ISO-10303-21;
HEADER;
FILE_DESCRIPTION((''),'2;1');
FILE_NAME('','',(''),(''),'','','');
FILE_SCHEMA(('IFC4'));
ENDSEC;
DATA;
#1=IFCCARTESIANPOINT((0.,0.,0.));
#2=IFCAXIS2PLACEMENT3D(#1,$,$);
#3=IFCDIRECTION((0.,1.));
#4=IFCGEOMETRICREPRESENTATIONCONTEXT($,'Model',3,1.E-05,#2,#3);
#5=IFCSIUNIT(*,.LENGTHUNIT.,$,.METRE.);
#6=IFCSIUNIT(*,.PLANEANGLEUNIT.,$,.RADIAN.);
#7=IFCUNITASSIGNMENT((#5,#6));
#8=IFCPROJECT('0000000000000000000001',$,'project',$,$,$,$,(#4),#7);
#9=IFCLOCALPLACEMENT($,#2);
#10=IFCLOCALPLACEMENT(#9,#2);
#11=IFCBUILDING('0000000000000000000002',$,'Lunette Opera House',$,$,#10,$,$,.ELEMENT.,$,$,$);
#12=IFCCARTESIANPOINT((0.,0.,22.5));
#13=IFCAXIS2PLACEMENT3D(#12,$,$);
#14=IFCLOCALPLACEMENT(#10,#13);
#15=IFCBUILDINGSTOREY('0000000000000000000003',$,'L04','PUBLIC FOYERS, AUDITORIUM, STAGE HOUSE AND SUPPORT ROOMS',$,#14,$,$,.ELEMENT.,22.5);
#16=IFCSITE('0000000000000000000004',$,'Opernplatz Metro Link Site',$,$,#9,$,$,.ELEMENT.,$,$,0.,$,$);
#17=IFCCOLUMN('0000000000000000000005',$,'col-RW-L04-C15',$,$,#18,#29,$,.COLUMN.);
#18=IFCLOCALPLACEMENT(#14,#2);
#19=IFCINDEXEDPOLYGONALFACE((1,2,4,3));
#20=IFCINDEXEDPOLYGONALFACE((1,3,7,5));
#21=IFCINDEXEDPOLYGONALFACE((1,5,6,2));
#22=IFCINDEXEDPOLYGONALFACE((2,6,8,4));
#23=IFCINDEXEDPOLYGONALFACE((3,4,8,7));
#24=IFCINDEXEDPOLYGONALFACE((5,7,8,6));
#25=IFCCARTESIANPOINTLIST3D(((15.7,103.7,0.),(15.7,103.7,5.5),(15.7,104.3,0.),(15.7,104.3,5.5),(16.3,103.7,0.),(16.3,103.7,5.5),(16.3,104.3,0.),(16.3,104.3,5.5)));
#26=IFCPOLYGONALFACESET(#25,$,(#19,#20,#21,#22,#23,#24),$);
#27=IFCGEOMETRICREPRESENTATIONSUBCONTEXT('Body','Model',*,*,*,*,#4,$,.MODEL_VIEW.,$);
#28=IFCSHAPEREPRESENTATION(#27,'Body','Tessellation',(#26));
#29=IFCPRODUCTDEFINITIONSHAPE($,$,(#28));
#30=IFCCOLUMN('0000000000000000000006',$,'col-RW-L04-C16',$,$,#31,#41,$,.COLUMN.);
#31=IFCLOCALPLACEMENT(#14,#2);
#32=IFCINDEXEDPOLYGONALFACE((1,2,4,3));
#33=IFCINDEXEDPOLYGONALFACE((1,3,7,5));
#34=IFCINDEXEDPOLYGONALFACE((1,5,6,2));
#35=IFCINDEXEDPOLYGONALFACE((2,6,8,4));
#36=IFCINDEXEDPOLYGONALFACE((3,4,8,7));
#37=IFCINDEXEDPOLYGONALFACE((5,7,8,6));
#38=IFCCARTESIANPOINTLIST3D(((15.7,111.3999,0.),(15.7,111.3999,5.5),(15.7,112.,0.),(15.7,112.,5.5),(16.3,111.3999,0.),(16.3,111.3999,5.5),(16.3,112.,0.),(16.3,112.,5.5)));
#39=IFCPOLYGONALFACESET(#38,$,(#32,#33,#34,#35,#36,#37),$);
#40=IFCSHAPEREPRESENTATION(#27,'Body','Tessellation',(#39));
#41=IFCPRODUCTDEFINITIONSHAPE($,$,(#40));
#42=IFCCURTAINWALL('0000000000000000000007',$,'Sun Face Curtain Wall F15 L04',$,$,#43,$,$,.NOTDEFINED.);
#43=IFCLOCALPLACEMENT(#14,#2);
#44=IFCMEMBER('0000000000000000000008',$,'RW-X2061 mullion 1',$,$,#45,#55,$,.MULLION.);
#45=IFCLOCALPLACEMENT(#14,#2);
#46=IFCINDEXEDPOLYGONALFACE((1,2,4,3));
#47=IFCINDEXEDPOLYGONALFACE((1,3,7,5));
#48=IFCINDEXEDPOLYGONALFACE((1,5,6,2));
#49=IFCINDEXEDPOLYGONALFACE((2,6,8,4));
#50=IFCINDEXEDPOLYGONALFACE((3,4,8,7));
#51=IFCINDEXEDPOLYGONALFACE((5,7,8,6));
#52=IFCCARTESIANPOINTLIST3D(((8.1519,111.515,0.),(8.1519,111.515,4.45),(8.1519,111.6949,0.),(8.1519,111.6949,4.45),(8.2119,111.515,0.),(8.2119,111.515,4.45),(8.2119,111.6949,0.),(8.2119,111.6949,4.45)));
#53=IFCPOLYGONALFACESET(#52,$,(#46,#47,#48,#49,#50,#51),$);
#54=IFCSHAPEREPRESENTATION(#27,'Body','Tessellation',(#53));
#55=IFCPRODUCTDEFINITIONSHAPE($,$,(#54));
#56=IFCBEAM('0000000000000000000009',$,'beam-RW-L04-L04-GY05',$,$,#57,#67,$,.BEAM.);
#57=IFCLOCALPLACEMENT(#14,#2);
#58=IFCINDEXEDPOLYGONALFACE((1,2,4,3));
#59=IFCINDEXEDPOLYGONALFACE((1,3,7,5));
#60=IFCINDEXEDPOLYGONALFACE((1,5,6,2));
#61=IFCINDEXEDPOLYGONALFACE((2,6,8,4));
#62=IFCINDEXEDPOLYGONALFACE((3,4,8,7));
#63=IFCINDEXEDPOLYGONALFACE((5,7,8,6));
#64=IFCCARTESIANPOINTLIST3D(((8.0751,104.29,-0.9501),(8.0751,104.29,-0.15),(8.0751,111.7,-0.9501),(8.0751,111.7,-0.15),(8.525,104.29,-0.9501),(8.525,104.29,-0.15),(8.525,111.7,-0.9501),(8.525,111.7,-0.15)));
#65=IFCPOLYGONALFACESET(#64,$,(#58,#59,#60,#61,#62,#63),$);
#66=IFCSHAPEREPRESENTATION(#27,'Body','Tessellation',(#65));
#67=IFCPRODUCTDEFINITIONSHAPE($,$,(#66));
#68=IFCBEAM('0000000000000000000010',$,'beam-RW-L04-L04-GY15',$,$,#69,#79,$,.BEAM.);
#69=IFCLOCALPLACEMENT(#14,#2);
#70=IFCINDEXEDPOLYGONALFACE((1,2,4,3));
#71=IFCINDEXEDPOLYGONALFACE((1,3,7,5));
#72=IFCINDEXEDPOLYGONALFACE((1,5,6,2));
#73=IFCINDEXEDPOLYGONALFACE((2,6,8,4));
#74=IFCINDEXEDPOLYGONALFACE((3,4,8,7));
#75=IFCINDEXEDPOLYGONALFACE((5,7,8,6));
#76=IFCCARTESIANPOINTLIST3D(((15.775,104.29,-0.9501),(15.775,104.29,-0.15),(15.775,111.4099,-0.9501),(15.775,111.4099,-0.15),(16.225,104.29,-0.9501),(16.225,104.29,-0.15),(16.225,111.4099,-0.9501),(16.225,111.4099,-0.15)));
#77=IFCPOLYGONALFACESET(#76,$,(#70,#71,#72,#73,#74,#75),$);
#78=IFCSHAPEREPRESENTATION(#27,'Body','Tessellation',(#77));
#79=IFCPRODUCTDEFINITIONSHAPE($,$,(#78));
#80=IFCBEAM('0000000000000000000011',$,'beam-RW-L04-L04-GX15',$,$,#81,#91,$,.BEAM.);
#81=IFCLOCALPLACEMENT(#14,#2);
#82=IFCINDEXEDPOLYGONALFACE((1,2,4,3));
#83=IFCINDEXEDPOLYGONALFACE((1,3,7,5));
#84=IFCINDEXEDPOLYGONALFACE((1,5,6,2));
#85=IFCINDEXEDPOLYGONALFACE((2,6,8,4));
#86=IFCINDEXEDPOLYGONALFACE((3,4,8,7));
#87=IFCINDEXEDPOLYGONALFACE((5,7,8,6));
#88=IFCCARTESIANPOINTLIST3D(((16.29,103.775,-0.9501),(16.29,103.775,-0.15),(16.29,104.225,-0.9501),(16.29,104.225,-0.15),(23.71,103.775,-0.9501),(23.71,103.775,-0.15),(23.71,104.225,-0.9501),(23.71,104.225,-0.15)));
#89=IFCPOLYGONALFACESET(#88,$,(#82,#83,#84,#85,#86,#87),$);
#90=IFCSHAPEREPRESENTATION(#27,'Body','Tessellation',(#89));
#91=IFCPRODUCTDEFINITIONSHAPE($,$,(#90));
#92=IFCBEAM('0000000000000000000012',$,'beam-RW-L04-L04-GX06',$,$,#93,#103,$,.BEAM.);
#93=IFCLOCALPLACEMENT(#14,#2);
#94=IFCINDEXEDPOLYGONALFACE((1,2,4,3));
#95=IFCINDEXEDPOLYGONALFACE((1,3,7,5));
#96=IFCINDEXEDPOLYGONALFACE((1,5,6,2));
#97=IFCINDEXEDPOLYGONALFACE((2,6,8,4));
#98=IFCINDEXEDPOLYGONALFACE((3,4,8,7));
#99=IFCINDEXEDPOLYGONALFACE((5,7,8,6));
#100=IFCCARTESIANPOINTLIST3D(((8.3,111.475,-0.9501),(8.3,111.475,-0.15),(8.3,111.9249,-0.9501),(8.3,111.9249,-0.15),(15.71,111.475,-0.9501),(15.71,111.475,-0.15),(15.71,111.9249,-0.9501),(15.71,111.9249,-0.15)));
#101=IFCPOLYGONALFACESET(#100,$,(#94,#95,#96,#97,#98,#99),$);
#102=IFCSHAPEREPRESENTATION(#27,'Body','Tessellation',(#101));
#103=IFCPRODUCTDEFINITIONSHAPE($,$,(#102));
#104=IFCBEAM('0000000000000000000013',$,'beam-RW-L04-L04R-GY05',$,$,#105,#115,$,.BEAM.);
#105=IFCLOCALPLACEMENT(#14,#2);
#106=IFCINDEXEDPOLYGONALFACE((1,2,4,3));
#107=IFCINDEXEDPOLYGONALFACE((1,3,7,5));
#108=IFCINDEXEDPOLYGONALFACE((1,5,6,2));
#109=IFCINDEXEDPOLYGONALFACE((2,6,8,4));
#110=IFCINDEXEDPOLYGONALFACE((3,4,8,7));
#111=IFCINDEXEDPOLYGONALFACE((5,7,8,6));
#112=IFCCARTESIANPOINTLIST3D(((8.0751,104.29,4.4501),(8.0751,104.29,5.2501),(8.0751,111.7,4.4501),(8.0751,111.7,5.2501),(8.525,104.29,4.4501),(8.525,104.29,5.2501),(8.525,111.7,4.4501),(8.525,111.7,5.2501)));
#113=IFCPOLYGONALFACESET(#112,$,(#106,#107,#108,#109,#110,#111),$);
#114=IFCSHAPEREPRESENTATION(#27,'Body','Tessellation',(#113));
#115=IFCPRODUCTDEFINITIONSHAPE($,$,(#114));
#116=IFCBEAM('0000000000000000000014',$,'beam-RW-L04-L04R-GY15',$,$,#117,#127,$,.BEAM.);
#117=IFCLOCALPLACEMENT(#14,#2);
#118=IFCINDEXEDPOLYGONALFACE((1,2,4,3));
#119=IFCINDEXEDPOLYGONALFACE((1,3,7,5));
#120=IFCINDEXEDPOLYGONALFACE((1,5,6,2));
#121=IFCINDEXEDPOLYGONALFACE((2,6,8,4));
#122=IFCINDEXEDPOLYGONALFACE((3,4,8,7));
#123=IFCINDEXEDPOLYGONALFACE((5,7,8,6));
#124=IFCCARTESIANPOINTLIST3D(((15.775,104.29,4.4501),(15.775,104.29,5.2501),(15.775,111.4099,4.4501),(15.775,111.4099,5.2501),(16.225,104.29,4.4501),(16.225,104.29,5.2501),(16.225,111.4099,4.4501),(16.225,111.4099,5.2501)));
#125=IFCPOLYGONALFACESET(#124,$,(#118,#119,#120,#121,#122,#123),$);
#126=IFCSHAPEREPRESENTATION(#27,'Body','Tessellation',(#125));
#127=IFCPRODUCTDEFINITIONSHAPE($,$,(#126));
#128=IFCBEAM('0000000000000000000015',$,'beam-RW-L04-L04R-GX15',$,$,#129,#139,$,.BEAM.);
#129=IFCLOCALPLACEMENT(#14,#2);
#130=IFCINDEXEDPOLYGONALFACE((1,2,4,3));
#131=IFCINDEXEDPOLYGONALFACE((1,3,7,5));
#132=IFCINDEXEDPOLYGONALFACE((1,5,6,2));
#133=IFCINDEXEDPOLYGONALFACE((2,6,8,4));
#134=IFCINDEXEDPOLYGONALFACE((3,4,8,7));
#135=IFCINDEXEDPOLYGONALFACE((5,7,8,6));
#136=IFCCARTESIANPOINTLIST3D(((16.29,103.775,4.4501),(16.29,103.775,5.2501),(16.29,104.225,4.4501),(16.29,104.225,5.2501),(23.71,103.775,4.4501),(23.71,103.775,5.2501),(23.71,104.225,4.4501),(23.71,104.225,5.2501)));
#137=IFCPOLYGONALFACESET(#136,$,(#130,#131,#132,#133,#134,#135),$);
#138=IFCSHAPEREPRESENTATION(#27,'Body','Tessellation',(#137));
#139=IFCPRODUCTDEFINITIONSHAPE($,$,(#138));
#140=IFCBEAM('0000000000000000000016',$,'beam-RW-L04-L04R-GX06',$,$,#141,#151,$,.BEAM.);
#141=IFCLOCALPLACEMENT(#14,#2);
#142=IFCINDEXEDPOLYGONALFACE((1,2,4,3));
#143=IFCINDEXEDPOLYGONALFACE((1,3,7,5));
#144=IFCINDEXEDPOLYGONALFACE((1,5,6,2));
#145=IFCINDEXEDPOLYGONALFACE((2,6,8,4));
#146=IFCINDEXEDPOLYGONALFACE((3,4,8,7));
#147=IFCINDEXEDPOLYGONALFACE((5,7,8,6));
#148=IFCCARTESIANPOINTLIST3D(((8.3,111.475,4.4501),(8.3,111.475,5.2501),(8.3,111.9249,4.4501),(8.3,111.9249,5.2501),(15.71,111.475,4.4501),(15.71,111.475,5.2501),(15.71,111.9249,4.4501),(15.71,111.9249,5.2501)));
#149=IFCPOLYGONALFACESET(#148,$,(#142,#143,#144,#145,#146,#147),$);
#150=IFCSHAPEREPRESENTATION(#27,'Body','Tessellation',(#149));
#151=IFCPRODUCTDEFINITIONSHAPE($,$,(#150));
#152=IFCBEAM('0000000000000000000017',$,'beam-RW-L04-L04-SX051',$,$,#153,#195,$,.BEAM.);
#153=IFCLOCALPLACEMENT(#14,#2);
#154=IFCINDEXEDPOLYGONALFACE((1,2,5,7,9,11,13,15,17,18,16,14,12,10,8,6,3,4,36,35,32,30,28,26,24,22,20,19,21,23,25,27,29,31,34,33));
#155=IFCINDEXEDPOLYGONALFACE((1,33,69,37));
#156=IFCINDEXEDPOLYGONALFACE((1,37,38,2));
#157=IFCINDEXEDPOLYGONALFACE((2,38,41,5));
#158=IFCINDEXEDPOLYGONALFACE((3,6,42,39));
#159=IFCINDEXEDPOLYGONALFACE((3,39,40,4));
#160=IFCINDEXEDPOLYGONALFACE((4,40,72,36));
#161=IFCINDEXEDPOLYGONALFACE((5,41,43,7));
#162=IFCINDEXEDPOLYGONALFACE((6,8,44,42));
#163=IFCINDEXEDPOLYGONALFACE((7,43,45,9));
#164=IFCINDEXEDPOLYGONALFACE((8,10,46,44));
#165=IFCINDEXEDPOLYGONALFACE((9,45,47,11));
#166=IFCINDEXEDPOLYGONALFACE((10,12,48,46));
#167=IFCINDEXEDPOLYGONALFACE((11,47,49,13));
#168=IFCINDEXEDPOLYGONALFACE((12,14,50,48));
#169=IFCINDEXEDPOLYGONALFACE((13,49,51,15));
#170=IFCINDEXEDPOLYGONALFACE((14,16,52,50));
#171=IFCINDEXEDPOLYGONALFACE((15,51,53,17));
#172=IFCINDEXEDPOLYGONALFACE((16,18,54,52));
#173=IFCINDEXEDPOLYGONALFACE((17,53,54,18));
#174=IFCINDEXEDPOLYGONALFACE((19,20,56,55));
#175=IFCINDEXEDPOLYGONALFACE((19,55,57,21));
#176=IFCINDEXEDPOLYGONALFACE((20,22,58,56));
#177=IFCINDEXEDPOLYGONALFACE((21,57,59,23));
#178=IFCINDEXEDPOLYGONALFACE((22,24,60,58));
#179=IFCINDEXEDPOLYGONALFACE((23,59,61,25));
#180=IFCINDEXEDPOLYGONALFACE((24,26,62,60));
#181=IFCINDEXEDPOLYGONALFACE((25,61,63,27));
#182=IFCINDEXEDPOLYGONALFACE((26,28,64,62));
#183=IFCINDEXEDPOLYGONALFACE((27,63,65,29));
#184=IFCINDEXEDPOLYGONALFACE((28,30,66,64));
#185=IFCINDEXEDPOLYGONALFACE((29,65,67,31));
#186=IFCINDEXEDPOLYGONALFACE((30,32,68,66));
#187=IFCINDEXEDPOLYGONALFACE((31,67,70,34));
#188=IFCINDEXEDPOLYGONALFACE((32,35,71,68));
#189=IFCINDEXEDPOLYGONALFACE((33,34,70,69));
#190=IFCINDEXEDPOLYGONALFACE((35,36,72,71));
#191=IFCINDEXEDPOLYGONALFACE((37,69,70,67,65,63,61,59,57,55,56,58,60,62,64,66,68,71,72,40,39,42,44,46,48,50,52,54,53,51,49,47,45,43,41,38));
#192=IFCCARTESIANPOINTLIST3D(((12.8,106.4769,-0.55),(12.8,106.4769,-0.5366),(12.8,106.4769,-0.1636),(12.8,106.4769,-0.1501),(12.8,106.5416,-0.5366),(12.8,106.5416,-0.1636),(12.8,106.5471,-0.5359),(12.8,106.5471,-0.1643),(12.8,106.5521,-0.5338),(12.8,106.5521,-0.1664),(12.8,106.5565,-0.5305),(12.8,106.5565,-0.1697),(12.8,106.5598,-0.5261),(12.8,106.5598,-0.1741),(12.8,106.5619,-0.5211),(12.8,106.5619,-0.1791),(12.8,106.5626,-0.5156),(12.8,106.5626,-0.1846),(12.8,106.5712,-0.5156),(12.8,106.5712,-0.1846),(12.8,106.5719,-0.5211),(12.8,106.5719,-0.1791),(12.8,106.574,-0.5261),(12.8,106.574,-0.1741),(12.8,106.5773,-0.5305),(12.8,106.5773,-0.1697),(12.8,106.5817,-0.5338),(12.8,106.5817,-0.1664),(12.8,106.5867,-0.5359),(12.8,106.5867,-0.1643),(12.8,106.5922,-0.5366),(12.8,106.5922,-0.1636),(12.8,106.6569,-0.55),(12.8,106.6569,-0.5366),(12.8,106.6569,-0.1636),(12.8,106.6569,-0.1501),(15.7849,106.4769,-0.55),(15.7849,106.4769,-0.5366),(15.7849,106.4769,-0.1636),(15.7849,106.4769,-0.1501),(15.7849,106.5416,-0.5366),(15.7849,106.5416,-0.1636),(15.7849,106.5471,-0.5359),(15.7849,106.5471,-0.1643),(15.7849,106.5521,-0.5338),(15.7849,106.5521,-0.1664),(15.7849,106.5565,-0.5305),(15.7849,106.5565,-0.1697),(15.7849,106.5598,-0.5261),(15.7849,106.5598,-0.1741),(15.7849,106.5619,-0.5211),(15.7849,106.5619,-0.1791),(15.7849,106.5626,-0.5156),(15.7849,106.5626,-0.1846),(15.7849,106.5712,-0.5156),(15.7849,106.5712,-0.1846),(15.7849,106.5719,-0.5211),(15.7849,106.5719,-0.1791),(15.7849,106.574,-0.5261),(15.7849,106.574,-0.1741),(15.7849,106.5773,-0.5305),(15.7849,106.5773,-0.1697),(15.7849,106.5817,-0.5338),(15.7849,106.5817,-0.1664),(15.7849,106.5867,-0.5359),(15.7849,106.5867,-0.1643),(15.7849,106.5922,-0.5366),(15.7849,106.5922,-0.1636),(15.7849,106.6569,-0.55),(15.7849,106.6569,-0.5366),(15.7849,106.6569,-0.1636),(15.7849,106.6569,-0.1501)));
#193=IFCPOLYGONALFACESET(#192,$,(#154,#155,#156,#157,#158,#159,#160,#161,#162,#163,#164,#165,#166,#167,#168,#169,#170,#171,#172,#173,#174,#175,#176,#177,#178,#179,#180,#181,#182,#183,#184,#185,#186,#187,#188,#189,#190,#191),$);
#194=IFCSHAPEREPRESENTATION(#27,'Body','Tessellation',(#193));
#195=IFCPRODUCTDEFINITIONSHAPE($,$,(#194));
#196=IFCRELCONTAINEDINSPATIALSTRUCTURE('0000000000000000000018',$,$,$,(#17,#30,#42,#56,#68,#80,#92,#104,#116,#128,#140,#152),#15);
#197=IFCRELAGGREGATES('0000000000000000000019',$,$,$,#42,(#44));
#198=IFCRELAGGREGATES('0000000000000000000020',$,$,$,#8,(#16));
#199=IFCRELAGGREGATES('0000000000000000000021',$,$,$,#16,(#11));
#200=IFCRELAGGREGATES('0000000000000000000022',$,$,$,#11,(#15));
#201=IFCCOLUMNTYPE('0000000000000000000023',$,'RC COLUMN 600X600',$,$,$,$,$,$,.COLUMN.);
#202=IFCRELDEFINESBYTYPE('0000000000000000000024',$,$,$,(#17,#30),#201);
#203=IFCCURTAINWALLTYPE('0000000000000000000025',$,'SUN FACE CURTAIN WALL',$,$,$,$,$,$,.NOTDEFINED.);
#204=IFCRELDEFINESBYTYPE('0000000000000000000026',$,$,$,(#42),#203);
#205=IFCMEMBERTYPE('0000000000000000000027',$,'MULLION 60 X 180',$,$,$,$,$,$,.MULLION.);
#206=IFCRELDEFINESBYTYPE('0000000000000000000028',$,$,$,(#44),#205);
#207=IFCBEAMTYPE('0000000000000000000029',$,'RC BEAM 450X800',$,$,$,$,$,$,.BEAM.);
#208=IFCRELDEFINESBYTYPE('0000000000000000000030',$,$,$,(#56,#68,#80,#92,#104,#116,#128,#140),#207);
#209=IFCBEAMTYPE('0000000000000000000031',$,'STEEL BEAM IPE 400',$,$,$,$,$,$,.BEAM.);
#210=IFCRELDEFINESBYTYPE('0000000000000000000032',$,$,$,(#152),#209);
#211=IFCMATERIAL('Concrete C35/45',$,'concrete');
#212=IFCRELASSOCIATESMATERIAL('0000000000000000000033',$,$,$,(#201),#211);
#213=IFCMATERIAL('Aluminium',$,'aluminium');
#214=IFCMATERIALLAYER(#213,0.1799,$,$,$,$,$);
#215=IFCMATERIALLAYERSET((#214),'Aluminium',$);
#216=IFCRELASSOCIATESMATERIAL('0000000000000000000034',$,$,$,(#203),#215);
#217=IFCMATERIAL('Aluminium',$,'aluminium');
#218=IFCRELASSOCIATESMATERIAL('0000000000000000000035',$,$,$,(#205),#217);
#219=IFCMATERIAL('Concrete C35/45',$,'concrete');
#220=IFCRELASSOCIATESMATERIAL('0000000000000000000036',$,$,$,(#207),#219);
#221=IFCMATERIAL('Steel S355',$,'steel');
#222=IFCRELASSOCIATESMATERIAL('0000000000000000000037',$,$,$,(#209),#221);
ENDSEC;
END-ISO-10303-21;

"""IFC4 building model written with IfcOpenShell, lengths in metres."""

from ifc_helpers import new_model, si_unit, direction, frame, origin, origin_2d, place, context, subcontext, project, spatial, rectangle, i_section, extrude, material, layer, layer_set, material_profile, profile_set, type_object, element, aggregate, save


model = new_model("IFC4")

# Units and contexts
model_context = context("Model", 3, precision=1e-05, world=origin(), true_north=direction((0.0, 1.0)))
body_context = subcontext(model_context, "Body", "Model", "MODEL_VIEW")
ifc_project = project(units=[si_unit("LENGTHUNIT", "METRE"), si_unit("PLANEANGLEUNIT", "RADIAN")], contexts=[model_context])

# Site, building, storey
site_placement = place(None, origin())
site = spatial("IfcSite", under=ifc_project, at=site_placement, Name="Opernplatz Metro Link Site", CompositionType="ELEMENT", RefElevation=0.0)
building_placement = place(site_placement, origin())
building = spatial("IfcBuilding", under=site, at=building_placement, Name="Lunette Opera House", CompositionType="ELEMENT")
storey_placement = place(building_placement, frame((0.0, 0.0, 22.5)))
storey = spatial("IfcBuildingStorey", under=building, at=storey_placement, Name="L04", Description="PUBLIC FOYERS, AUDITORIUM, STAGE HOUSE AND SUPPORT ROOMS", CompositionType="ELEMENT", Elevation=22.5)

# Columns
ifc_material_1 = material(Name="Concrete C35/45", Category="concrete")
ifc_material_profile_1 = material_profile(ifc_material_1, rectangle(XDim=0.6001, YDim=0.6001, at=origin_2d()), Name="RC COLUMN 600X600")
ifc_profile_set_1 = profile_set([ifc_material_profile_1], Name="Concrete C35/45")
column_type = type_object("IfcColumnType", Name="RC COLUMN 600X600", PredefinedType="COLUMN", material=ifc_profile_set_1)
for number, where, z_axis, x_axis, name in (
    (1, (16.0, 104.0, 0.0), (0.0, 0.0, 1.0), (1.0, 0.0, 0.0), "col-RW-L04-C15"),
    (2, (16.0, 111.7, 0.0), (0.0, 0.0, 1.0), (1.0, 0.0, 0.0), "col-RW-L04-C16"),
):
    element("IfcColumn", number, at=place(storey_placement, frame(where, z_axis=z_axis, x_axis=x_axis)), inside=storey, type_object=column_type, Name=name, PredefinedType="COLUMN", context=body_context, shape_type="SweptSolid", body=[
        extrude(rectangle(XDim=0.6001, YDim=0.6001, at=origin_2d()), origin(), (0.0, 0.0, 1.0), 5.5),
    ])

# Curtain wall, member
ifc_material_2 = material(Name="Aluminium", Category="aluminium")
ifc_layer_1 = layer(ifc_material_2, 0.1799)
ifc_layer_set_1 = layer_set([ifc_layer_1], Name="Aluminium")
curtain_wall_type = type_object("IfcCurtainWallType", Name="SUN FACE CURTAIN WALL", PredefinedType="NOTDEFINED", material=ifc_layer_set_1)
curtain_wall_placement = place(storey_placement, origin())
curtain_wall = element("IfcCurtainWall", 3, at=curtain_wall_placement, inside=storey, type_object=curtain_wall_type, Name="Sun Face Curtain Wall F15 L04", PredefinedType="NOTDEFINED")
ifc_material_3 = material(Name="Aluminium", Category="aluminium")
ifc_material_profile_2 = material_profile(ifc_material_3, rectangle(XDim=0.0601, YDim=0.1799, at=origin_2d()), Name="MULLION 60 X 180")
ifc_profile_set_2 = profile_set([ifc_material_profile_2], Name="Aluminium")
member_type_1 = type_object("IfcMemberType", Name="MULLION 60 X 180", PredefinedType="MULLION", material=ifc_profile_set_2)
member_1_placement = place(storey_placement, frame((8.1819, 111.605, 0.0), z_axis=(0.0, 0.0, 1.0), x_axis=(1.0, 0.0, 0.0)))
member_1 = element("IfcMember", 4, at=member_1_placement, type_object=member_type_1, Name="RW-X2061 mullion 1", PredefinedType="MULLION", context=body_context, shape_type="SweptSolid", body=[
    extrude(rectangle(XDim=0.0601, YDim=0.1799, at=origin_2d()), origin(), (0.0, 0.0, 1.0), 4.45),
])

# Beams
ifc_material_4 = material(Name="Concrete C35/45", Category="concrete")
ifc_material_profile_3 = material_profile(ifc_material_4, rectangle(XDim=0.45, YDim=0.8, at=origin_2d()), Name="RC BEAM 450X800")
ifc_profile_set_3 = profile_set([ifc_material_profile_3], Name="Concrete C35/45")
beam_type_1 = type_object("IfcBeamType", Name="RC BEAM 450X800", PredefinedType="BEAM", material=ifc_profile_set_3)
beam_1_placement = place(storey_placement, frame((8.3, 104.29, -0.55), z_axis=(0.0, 1.0, 0.0), x_axis=(-1.0, 0.0, 0.0)))
element("IfcBeam", 5, at=beam_1_placement, inside=storey, type_object=beam_type_1, Name="beam-RW-L04-L04-GY05", PredefinedType="BEAM", context=body_context, shape_type="SweptSolid", body=[
    extrude(rectangle(XDim=0.45, YDim=0.8, at=origin_2d()), origin(), (0.0, 0.0, 1.0), 7.4099),
])
beam_2_placement = place(storey_placement, frame((16.0, 104.29, -0.55), z_axis=(0.0, 1.0, 0.0), x_axis=(-1.0, 0.0, 0.0)))
element("IfcBeam", 6, at=beam_2_placement, inside=storey, type_object=beam_type_1, Name="beam-RW-L04-L04-GY15", PredefinedType="BEAM", context=body_context, shape_type="SweptSolid", body=[
    extrude(rectangle(XDim=0.45, YDim=0.8, at=origin_2d()), origin(), (0.0, 0.0, 1.0), 7.1199),
])
beam_3_placement = place(storey_placement, frame((16.29, 104.0, -0.55), z_axis=(1.0, 0.0, 0.0), x_axis=(0.0, 1.0, 0.0)))
element("IfcBeam", 7, at=beam_3_placement, inside=storey, type_object=beam_type_1, Name="beam-RW-L04-L04-GX15", PredefinedType="BEAM", context=body_context, shape_type="SweptSolid", body=[
    extrude(rectangle(XDim=0.45, YDim=0.8, at=origin_2d()), origin(), (0.0, 0.0, 1.0), 7.4199),
])
for number, where, z_axis, x_axis, name in (
    (8, (8.3, 111.7, -0.55), (1.0, 0.0, 0.0), (0.0, 1.0, 0.0), "beam-RW-L04-L04-GX06"),
    (9, (8.3, 104.29, 4.8501), (0.0, 1.0, 0.0), (-1.0, 0.0, 0.0), "beam-RW-L04-L04R-GY05"),
):
    element("IfcBeam", number, at=place(storey_placement, frame(where, z_axis=z_axis, x_axis=x_axis)), inside=storey, type_object=beam_type_1, Name=name, PredefinedType="BEAM", context=body_context, shape_type="SweptSolid", body=[
        extrude(rectangle(XDim=0.45, YDim=0.8, at=origin_2d()), origin(), (0.0, 0.0, 1.0), 7.4099),
    ])
beam_4_placement = place(storey_placement, frame((16.0, 104.29, 4.8501), z_axis=(0.0, 1.0, 0.0), x_axis=(-1.0, 0.0, 0.0)))
element("IfcBeam", 10, at=beam_4_placement, inside=storey, type_object=beam_type_1, Name="beam-RW-L04-L04R-GY15", PredefinedType="BEAM", context=body_context, shape_type="SweptSolid", body=[
    extrude(rectangle(XDim=0.45, YDim=0.8, at=origin_2d()), origin(), (0.0, 0.0, 1.0), 7.1199),
])
beam_5_placement = place(storey_placement, frame((16.29, 104.0, 4.8501), z_axis=(1.0, 0.0, 0.0), x_axis=(0.0, 1.0, 0.0)))
element("IfcBeam", 11, at=beam_5_placement, inside=storey, type_object=beam_type_1, Name="beam-RW-L04-L04R-GX15", PredefinedType="BEAM", context=body_context, shape_type="SweptSolid", body=[
    extrude(rectangle(XDim=0.45, YDim=0.8, at=origin_2d()), origin(), (0.0, 0.0, 1.0), 7.4199),
])
beam_6_placement = place(storey_placement, frame((8.3, 111.7, 4.8501), z_axis=(1.0, 0.0, 0.0), x_axis=(0.0, 1.0, 0.0)))
element("IfcBeam", 12, at=beam_6_placement, inside=storey, type_object=beam_type_1, Name="beam-RW-L04-L04R-GX06", PredefinedType="BEAM", context=body_context, shape_type="SweptSolid", body=[
    extrude(rectangle(XDim=0.45, YDim=0.8, at=origin_2d()), origin(), (0.0, 0.0, 1.0), 7.4099),
])
ifc_material_5 = material(Name="Steel S355", Category="steel")
ifc_material_profile_4 = material_profile(ifc_material_5, i_section(OverallWidth=0.1799, OverallDepth=0.3999, WebThickness=0.0085, FlangeThickness=0.0134, FilletRadius=0.021, at=origin_2d()), Name="IPE 400")
ifc_profile_set_4 = profile_set([ifc_material_profile_4], Name="Steel S355")
beam_type_2 = type_object("IfcBeamType", Name="STEEL BEAM IPE 400", PredefinedType="BEAM", material=ifc_profile_set_4)
for number, where, z_axis, x_axis, name in (
    (13, (12.8, 106.5669, -0.3501), (1.0, 0.0, 0.0), (0.0, 1.0, 0.0), "beam-RW-L04-L04-SX051"),
):
    element("IfcBeam", number, at=place(storey_placement, frame(where, z_axis=z_axis, x_axis=x_axis)), inside=storey, type_object=beam_type_2, Name=name, PredefinedType="BEAM", context=body_context, shape_type="SweptSolid", body=[
        extrude(i_section(OverallWidth=0.1799, OverallDepth=0.3999, WebThickness=0.0085, FlangeThickness=0.0134, FilletRadius=0.021, at=origin_2d()), origin(), (0.0, 0.0, 1.0), 2.9849),
    ])

aggregate(curtain_wall, [member_1])

save(model, "model.ifc")
